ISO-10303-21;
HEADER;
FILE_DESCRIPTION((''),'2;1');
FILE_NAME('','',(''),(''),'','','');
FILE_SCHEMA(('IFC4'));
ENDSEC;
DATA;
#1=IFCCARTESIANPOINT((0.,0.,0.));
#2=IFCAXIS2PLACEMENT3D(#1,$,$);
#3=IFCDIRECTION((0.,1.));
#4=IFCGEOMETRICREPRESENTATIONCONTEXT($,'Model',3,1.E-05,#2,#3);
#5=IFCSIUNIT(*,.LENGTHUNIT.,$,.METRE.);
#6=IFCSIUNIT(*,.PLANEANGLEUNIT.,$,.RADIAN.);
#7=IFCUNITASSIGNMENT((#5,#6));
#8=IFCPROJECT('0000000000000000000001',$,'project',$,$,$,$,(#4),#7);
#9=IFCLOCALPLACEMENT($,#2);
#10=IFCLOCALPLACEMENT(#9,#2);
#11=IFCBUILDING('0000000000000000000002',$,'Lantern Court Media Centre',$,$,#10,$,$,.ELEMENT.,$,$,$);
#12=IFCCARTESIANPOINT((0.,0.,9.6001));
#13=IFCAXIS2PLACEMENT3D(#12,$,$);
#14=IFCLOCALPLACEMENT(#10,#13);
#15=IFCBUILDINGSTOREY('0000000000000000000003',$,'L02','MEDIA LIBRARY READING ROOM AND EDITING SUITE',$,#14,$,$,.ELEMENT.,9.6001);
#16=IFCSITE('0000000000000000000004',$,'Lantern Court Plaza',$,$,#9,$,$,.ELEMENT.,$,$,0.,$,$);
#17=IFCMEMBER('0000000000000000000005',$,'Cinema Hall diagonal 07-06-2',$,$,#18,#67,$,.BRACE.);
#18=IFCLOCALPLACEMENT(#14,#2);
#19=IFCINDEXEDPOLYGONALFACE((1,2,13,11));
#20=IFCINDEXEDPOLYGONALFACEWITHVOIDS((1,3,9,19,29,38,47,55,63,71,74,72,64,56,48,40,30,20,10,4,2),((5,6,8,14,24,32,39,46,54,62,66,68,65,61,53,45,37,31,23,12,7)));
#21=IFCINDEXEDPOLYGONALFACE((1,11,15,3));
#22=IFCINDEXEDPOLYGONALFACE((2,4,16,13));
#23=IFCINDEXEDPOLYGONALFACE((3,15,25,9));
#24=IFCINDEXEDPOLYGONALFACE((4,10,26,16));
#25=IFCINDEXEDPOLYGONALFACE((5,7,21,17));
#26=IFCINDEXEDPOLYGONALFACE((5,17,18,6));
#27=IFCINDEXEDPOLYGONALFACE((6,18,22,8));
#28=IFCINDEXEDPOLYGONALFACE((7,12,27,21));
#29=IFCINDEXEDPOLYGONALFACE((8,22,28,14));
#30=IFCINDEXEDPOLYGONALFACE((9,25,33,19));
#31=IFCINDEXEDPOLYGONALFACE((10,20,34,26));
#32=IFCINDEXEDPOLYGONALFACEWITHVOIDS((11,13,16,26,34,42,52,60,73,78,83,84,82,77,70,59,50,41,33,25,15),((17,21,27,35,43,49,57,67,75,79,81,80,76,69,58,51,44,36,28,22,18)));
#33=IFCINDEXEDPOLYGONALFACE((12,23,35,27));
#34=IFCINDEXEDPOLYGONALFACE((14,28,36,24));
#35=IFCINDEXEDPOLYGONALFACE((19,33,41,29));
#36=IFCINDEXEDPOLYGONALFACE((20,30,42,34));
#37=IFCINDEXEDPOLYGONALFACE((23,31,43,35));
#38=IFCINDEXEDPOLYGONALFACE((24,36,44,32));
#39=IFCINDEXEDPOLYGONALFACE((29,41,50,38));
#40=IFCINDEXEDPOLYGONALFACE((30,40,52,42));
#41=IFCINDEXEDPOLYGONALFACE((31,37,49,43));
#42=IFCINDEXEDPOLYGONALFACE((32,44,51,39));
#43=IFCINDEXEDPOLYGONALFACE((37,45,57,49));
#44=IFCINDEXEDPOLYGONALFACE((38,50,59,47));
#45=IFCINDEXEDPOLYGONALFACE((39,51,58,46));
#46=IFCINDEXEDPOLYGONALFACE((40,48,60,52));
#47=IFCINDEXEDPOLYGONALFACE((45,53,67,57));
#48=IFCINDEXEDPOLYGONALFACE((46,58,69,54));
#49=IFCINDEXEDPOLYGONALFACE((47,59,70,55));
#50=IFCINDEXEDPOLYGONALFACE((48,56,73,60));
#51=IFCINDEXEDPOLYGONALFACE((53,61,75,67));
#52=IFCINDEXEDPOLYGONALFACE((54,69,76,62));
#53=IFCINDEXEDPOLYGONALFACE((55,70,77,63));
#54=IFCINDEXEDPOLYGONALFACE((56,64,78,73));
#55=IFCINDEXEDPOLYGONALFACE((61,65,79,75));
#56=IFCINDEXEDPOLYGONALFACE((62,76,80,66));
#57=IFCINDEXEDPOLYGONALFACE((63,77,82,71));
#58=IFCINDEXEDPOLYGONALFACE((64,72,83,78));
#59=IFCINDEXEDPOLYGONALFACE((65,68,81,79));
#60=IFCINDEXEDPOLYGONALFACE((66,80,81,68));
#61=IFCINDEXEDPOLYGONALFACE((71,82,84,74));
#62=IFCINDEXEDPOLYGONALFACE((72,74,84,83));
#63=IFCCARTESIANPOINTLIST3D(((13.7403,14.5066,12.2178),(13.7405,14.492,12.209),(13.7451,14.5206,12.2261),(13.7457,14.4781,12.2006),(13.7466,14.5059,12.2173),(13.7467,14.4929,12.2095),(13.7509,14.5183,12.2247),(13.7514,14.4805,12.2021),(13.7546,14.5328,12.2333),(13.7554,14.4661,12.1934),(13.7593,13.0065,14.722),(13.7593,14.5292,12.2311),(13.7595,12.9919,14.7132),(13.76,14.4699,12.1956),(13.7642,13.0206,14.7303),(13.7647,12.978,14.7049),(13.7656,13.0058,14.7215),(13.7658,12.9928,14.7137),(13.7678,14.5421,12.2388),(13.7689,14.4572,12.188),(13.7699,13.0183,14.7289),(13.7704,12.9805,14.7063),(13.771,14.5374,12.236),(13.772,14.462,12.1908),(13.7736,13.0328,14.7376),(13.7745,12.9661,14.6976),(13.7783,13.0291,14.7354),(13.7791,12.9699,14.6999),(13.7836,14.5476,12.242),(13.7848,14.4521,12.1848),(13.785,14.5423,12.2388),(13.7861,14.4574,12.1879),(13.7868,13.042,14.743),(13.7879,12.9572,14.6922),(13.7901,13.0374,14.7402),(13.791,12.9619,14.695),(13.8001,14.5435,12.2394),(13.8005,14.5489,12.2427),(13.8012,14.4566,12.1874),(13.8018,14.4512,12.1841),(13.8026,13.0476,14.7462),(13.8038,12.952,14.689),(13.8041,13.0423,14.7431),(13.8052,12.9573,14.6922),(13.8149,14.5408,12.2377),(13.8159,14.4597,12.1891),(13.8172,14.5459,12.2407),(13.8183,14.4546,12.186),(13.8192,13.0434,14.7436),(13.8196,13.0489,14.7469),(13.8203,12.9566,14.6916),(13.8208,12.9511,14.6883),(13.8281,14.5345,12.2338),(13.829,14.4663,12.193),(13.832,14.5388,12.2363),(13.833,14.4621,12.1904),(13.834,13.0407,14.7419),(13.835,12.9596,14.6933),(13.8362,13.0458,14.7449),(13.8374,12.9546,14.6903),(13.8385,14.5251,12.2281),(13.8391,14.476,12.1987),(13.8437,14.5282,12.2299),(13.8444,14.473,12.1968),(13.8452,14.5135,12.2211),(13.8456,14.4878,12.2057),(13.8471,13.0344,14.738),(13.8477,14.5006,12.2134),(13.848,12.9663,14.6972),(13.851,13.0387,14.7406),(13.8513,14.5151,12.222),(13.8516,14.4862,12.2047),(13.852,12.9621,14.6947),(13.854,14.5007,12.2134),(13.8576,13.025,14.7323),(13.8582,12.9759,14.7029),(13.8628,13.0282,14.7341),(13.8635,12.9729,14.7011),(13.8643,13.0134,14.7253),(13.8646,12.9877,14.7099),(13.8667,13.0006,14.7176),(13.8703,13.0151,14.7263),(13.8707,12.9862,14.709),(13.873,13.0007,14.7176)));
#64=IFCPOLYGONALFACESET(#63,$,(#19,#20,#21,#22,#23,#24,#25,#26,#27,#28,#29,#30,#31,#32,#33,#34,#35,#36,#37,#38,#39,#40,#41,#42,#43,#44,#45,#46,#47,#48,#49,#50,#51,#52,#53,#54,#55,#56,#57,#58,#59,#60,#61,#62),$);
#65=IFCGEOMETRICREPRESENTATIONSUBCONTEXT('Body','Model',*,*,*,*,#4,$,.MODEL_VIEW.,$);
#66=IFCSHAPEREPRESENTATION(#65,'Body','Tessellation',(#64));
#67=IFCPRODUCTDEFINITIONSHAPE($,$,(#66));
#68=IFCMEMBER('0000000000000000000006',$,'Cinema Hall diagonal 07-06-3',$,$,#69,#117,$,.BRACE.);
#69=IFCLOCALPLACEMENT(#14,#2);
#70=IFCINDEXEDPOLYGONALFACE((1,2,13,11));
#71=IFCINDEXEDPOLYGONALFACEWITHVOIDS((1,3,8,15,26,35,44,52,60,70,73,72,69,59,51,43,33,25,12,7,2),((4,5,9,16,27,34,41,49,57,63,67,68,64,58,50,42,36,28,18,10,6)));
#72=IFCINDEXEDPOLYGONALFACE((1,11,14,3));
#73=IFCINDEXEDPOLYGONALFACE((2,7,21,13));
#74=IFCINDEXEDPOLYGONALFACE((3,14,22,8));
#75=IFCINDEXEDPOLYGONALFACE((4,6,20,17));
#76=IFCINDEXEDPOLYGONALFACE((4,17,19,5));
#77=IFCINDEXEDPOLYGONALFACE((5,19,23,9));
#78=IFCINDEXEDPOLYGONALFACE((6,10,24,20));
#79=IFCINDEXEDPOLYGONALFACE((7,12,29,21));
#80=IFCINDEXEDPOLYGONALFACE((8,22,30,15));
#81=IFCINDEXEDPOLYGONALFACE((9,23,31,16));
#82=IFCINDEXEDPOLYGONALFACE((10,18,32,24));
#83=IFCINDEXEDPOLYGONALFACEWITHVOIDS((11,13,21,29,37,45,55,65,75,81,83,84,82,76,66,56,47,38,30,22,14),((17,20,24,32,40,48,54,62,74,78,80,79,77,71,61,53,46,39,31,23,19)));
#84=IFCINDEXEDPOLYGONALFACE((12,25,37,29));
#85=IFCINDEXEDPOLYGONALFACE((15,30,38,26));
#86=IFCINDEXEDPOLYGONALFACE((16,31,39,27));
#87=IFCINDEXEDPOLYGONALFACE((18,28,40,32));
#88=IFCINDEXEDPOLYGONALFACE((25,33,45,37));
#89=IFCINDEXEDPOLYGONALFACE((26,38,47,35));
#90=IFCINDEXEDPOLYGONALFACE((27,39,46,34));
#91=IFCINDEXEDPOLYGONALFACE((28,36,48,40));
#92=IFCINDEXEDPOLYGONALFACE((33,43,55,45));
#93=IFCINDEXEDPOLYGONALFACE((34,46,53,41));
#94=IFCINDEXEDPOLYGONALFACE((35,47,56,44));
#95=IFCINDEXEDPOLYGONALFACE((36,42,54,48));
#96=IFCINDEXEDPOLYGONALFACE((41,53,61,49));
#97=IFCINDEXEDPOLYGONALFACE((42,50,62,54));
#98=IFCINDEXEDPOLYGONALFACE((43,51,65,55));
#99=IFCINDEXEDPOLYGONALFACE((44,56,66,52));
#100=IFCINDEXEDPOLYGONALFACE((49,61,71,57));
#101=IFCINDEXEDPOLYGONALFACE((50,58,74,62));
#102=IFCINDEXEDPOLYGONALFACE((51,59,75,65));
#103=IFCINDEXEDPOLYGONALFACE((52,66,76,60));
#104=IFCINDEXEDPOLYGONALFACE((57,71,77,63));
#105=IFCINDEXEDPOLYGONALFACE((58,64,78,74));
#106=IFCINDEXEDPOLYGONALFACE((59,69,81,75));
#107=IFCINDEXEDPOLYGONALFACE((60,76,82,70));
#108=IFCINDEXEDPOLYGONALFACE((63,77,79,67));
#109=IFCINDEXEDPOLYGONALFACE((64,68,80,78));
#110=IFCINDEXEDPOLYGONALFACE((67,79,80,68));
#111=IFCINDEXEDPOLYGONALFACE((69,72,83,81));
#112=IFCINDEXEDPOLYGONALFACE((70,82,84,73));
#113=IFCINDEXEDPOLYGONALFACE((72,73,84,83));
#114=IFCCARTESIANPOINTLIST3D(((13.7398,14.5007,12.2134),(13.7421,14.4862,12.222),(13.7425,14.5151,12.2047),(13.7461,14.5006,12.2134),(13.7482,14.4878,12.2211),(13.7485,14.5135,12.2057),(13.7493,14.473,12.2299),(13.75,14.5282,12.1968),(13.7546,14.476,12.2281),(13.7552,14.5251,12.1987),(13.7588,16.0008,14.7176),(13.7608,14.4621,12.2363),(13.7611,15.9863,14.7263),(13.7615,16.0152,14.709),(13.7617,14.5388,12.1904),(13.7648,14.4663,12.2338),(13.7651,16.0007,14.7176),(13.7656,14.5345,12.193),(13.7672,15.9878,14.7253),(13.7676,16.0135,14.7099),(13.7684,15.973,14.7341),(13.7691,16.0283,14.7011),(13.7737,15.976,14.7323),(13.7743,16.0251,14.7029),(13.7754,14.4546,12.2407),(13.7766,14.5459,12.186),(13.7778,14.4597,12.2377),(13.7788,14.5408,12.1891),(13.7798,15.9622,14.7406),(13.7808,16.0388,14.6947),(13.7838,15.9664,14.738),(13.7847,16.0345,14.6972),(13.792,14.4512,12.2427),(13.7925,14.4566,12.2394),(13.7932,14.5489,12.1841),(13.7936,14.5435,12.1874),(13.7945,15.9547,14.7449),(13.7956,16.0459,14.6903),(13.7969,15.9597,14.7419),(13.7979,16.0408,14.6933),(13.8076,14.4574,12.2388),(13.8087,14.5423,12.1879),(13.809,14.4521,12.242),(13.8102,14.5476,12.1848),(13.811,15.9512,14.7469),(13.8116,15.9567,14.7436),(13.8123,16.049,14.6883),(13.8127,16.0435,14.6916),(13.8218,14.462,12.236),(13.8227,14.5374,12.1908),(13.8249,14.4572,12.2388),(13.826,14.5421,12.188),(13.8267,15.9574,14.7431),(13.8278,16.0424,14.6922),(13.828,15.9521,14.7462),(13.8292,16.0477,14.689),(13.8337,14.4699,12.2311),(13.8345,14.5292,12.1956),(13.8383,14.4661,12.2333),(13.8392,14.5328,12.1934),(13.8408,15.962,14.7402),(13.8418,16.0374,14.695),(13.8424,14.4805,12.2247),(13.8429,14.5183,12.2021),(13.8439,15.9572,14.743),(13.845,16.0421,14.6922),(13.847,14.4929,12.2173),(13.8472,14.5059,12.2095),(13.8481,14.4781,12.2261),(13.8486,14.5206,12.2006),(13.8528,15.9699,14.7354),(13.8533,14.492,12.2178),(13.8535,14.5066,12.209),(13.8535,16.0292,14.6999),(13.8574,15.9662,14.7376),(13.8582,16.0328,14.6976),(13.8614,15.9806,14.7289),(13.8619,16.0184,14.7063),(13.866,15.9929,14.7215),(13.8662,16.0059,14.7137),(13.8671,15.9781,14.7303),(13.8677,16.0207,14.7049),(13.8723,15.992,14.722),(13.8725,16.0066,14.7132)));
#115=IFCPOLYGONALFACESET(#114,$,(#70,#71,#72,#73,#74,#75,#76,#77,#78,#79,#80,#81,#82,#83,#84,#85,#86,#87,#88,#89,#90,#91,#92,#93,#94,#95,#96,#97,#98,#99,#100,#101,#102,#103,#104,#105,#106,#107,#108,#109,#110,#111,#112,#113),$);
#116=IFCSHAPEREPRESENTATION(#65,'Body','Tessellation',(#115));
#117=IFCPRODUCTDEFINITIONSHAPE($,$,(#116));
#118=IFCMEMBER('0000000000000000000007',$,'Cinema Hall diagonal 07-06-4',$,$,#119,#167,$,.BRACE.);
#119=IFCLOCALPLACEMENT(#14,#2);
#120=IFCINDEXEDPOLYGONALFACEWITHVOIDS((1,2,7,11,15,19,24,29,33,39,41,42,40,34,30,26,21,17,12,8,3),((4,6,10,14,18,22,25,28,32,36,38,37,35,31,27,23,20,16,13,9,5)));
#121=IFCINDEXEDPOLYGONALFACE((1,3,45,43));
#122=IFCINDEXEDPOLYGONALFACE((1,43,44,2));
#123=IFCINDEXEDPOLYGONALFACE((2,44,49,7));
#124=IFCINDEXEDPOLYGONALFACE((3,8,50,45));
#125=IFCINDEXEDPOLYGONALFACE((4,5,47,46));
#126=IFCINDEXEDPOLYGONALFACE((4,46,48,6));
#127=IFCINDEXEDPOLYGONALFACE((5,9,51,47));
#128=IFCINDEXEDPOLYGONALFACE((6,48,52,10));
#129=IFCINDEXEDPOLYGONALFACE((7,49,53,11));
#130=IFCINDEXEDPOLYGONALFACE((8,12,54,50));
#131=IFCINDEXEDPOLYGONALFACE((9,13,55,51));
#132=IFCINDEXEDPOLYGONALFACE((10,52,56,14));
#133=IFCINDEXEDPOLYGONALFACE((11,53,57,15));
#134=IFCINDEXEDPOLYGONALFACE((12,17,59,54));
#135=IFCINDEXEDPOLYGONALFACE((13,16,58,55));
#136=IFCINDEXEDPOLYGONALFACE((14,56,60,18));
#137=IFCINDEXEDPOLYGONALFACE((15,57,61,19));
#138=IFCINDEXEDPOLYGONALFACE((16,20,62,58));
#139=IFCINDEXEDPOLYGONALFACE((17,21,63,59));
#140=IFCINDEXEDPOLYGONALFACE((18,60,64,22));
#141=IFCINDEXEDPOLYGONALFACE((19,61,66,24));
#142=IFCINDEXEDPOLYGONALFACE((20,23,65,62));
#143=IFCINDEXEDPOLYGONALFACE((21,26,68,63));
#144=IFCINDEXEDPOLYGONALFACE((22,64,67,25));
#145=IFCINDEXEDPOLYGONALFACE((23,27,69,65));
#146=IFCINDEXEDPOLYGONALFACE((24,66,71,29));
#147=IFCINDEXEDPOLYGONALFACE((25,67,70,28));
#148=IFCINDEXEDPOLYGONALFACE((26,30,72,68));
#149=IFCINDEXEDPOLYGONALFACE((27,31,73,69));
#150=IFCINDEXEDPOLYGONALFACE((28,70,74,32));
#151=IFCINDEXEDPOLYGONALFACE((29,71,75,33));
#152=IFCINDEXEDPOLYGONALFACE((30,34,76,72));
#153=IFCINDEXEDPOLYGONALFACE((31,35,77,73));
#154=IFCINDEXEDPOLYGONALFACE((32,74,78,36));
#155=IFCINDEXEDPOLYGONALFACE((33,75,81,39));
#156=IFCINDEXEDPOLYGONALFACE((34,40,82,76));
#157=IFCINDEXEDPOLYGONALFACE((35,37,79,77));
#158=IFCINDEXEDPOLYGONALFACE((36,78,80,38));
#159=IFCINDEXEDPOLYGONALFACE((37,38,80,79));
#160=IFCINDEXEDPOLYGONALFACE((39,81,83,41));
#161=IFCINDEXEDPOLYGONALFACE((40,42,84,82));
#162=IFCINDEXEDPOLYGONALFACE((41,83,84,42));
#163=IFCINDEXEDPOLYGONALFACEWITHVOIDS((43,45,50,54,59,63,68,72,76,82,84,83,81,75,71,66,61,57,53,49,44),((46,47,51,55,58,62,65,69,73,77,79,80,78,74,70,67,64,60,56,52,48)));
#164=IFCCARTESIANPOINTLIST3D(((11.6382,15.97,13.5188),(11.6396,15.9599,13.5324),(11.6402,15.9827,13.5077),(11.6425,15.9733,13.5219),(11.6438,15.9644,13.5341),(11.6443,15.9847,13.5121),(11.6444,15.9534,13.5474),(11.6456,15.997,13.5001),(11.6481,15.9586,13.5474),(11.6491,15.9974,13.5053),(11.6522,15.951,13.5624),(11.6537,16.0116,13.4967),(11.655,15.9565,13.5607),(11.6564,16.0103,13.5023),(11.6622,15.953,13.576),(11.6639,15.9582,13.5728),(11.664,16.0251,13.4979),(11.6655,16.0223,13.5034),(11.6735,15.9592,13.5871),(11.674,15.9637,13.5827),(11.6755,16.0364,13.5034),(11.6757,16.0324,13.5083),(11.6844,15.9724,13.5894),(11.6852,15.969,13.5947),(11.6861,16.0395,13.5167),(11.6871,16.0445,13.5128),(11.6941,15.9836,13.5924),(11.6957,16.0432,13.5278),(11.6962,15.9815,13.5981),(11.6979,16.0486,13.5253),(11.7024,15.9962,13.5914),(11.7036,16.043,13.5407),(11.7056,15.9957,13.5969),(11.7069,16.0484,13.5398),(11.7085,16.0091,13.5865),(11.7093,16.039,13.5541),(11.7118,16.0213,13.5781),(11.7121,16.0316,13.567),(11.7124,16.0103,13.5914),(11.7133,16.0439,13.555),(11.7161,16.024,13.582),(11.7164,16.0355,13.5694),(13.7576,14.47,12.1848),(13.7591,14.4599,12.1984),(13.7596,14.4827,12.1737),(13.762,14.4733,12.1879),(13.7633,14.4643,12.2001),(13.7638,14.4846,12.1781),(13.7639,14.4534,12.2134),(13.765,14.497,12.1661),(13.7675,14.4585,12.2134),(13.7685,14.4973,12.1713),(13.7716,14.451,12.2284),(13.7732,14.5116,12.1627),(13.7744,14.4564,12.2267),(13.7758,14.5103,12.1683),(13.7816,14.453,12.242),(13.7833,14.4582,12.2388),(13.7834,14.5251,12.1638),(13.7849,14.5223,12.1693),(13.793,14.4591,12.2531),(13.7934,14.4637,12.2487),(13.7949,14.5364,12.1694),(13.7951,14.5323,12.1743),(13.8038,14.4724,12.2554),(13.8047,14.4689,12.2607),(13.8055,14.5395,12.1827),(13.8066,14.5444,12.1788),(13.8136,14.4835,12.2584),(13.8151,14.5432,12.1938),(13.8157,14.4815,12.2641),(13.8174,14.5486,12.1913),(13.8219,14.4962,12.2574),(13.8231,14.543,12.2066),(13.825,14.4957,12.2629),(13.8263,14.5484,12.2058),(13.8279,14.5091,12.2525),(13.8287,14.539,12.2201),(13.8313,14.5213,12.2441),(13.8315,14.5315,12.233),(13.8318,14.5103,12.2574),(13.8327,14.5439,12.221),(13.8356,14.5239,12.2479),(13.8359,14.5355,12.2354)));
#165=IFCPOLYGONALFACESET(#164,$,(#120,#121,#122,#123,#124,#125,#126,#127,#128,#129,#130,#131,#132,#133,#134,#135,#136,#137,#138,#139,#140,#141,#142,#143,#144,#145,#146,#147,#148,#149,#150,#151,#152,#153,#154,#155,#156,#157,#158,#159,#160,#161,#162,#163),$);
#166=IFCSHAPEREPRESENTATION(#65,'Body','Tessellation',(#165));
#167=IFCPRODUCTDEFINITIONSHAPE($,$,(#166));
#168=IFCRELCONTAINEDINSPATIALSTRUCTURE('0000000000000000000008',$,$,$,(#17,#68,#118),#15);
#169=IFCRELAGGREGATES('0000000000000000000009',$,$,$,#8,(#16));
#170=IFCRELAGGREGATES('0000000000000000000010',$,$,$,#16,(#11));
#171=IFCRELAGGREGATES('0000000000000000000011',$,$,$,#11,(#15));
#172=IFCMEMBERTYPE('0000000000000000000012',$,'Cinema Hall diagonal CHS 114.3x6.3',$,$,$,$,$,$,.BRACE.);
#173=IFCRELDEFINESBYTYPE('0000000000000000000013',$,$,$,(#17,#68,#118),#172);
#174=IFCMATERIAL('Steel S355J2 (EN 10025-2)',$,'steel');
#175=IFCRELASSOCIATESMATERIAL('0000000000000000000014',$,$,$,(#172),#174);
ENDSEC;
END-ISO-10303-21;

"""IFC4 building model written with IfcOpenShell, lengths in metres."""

from ifc_helpers import new_model, si_unit, direction, frame, origin, origin_2d, place, context, subcontext, project, spatial, hollow_circle, extrude, material, material_profile, profile_set, type_object, element, save


model = new_model("IFC4")

# Units and contexts
model_context = context("Model", 3, precision=1e-05, world=origin(), true_north=direction((0.0, 1.0)))
body_context = subcontext(model_context, "Body", "Model", "MODEL_VIEW")
ifc_project = project(units=[si_unit("LENGTHUNIT", "METRE"), si_unit("PLANEANGLEUNIT", "RADIAN")], contexts=[model_context])

# Site, building, storey
site_placement = place(None, origin())
site = spatial("IfcSite", under=ifc_project, at=site_placement, Name="Lantern Court Plaza", CompositionType="ELEMENT", RefElevation=0.0)
building_placement = place(site_placement, origin())
building = spatial("IfcBuilding", under=site, at=building_placement, Name="Lantern Court Media Centre", CompositionType="ELEMENT")
storey_placement = place(building_placement, frame((0.0, 0.0, 9.6001)))
storey = spatial("IfcBuildingStorey", under=building, at=storey_placement, Name="L02", Description="MEDIA LIBRARY READING ROOM AND EDITING SUITE", CompositionType="ELEMENT", Elevation=9.6001)

# Members
ifc_material = material(Name="Steel S355J2 (EN 10025-2)", Category="steel")
ifc_material_profile_1 = material_profile(ifc_material, hollow_circle(Radius=0.0571, WallThickness=0.0063, at=origin_2d()), Name="Cinema Hall diagonal CHS 114.3x6.3")
ifc_profile_set_1 = profile_set([ifc_material_profile_1], Name="Steel S355J2 (EN 10025-2)")
member_type_1 = type_object("IfcMemberType", Name="Cinema Hall diagonal CHS 114.3x6.3", PredefinedType="BRACE", material=ifc_profile_set_1)
for number, where, z_axis, x_axis, name in (
    (1, (13.7969, 14.5, 12.2134), (0.006524, -0.513857, 0.857851), (0.999919, 0.012694, 0.0), "Cinema Hall diagonal 07-06-2"),
    (2, (13.7969, 14.5, 12.2134), (0.006524, 0.513857, 0.857851), (-0.999919, 0.012694, 0.0), "Cinema Hall diagonal 07-06-3"),
    (3, (13.7969, 14.5, 12.2134), (-0.726034, 0.513852, 0.45698), (-0.577702, -0.816248, 0.0), "Cinema Hall diagonal 07-06-4"),
):
    element("IfcMember", number, at=place(storey_placement, frame(where, z_axis=z_axis, x_axis=x_axis)), inside=storey, type_object=member_type_1, Name=name, PredefinedType="BRACE", context=body_context, shape_type="SweptSolid", body=[
        extrude(hollow_circle(Radius=0.0571, WallThickness=0.0063, at=origin_2d()), origin(), (0.0, 0.0, 1.0), 2.9192),
    ])

save(model, "model.ifc")
